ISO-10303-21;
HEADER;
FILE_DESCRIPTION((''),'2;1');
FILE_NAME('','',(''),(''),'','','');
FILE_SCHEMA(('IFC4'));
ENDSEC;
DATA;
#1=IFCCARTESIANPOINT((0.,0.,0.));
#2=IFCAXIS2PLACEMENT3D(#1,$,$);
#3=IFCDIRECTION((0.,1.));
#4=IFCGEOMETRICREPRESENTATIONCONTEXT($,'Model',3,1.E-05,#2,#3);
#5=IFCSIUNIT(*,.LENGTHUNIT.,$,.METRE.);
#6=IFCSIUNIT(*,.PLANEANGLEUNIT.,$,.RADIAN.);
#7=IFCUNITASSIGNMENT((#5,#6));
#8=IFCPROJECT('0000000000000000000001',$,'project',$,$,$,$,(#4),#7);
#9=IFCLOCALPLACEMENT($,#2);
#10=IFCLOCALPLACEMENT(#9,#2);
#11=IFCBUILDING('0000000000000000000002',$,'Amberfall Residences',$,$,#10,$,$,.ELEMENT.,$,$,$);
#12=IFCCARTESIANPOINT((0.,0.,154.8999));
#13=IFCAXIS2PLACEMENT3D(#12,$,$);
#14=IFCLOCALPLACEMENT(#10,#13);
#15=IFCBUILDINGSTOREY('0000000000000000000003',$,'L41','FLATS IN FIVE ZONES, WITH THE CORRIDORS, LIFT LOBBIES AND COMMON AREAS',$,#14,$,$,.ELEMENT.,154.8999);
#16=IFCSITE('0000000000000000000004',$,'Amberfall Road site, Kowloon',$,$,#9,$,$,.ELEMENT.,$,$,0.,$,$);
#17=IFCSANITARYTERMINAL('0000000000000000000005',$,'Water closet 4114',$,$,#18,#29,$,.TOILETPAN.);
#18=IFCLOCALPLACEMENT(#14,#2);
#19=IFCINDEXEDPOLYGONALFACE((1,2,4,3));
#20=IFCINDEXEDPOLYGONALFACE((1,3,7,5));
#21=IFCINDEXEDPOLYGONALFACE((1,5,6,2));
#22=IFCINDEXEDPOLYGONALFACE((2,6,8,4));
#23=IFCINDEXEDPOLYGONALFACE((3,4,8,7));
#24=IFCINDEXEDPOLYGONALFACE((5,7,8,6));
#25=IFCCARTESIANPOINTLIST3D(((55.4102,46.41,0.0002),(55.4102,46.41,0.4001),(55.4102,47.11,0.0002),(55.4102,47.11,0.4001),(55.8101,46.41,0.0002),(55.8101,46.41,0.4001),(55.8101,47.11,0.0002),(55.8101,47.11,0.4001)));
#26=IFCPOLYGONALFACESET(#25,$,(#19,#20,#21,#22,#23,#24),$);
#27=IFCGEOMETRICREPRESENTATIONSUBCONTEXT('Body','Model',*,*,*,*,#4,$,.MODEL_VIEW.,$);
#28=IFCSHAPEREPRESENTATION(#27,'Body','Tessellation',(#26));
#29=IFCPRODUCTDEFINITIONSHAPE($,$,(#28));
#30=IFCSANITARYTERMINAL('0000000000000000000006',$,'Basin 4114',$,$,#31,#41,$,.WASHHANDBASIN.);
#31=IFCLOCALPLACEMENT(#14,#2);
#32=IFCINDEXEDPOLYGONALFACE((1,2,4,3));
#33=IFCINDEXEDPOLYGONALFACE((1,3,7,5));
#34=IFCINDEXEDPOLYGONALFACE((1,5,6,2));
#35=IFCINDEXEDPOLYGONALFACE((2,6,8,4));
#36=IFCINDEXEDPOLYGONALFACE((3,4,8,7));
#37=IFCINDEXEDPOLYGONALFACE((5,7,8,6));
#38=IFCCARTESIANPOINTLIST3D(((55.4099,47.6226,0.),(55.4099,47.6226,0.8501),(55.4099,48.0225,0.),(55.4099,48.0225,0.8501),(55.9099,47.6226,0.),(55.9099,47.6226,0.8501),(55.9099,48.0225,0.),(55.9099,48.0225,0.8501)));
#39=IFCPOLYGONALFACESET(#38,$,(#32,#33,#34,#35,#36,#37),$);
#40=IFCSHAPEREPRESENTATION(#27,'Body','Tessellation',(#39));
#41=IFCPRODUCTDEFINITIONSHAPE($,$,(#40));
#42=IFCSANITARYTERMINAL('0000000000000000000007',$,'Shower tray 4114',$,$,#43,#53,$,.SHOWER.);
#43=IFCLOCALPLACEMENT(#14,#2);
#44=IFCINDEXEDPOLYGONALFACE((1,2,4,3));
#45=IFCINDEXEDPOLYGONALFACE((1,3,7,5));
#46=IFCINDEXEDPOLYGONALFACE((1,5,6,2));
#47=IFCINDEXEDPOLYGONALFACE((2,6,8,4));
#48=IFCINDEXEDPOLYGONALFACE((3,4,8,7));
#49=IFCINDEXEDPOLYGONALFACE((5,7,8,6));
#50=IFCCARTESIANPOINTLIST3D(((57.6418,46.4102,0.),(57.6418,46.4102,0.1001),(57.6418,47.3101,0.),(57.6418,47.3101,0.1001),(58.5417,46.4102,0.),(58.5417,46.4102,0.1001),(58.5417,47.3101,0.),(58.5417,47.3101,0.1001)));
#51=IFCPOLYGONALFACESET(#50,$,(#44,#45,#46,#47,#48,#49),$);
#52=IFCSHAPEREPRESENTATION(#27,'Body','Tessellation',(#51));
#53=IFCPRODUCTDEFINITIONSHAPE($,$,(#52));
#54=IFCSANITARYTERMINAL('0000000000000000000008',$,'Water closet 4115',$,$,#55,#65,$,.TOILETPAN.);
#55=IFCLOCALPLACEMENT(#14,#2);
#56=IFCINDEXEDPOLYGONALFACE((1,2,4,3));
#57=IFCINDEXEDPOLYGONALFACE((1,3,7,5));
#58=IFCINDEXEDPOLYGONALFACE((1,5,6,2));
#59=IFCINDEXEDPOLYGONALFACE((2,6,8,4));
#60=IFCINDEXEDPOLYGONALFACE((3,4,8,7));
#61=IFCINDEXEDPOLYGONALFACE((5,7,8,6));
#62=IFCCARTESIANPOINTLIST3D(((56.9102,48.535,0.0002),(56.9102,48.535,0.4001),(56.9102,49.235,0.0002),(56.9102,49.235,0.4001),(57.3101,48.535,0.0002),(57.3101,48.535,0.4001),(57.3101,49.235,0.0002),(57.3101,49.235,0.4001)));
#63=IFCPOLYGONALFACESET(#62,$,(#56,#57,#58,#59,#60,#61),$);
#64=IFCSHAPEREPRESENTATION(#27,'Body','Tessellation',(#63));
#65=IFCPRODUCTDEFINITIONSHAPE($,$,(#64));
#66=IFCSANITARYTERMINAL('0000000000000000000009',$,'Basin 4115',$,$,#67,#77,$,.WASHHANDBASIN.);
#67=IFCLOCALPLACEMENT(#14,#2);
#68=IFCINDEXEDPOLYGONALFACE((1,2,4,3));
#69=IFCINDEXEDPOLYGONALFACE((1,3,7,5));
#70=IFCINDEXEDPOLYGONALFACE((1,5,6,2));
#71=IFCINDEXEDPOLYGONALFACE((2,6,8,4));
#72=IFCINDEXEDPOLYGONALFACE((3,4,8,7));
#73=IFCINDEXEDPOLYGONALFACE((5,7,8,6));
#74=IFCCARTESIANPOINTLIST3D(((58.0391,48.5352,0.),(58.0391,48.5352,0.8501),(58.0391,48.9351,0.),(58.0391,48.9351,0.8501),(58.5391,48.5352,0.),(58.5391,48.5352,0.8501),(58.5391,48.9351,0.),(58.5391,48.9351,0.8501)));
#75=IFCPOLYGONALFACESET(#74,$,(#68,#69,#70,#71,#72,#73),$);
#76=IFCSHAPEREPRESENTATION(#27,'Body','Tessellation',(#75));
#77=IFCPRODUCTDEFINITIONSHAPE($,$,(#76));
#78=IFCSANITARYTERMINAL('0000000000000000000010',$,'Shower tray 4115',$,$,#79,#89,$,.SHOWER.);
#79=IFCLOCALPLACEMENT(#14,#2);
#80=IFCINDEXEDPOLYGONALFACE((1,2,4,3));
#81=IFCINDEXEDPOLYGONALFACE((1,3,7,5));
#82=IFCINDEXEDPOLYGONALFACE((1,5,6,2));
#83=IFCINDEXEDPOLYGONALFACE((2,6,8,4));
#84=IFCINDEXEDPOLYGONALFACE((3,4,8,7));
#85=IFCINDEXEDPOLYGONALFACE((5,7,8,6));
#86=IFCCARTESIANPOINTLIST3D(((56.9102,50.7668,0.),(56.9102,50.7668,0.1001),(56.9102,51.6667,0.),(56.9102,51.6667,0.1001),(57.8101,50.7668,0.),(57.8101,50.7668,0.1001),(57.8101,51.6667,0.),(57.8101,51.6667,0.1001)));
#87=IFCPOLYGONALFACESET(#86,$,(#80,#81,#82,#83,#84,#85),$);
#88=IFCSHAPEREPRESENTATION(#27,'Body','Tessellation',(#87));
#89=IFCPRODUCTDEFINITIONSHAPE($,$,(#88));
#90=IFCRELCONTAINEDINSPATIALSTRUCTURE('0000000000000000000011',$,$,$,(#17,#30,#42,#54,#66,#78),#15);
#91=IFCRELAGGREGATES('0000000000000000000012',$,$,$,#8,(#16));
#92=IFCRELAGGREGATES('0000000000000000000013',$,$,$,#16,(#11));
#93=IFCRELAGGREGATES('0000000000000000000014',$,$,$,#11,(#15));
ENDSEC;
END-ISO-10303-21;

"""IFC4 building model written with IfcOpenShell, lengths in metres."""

from ifc_helpers import new_model, si_unit, direction, frame, origin, origin_2d, place, context, subcontext, project, spatial, rectangle, extrude, element, save


model = new_model("IFC4")

# Units and contexts
model_context = context("Model", 3, precision=1e-05, world=origin(), true_north=direction((0.0, 1.0)))
body_context = subcontext(model_context, "Body", "Model", "MODEL_VIEW")
ifc_project = project(units=[si_unit("LENGTHUNIT", "METRE"), si_unit("PLANEANGLEUNIT", "RADIAN")], contexts=[model_context])

# Site, building, storey
site_placement = place(None, origin())
site = spatial("IfcSite", under=ifc_project, at=site_placement, Name="Amberfall Road site, Kowloon", CompositionType="ELEMENT", RefElevation=0.0)
building_placement = place(site_placement, origin())
building = spatial("IfcBuilding", under=site, at=building_placement, Name="Amberfall Residences", CompositionType="ELEMENT")
storey_placement = place(building_placement, frame((0.0, 0.0, 154.8999)))
storey = spatial("IfcBuildingStorey", under=building, at=storey_placement, Name="L41", Description="FLATS IN FIVE ZONES, WITH THE CORRIDORS, LIFT LOBBIES AND COMMON AREAS", CompositionType="ELEMENT", Elevation=154.8999)

# Sanitary terminals
sanitary_terminal_1_placement = place(storey_placement, frame((55.6101, 46.76, 0.0002), z_axis=(0.0, 0.0, 1.0), x_axis=(1.0, 0.0, 0.0)))
element("IfcSanitaryTerminal", 1, at=sanitary_terminal_1_placement, inside=storey, Name="Water closet 4114", PredefinedType="TOILETPAN", context=body_context, shape_type="SweptSolid", body=[
    extrude(rectangle(XDim=0.3999, YDim=0.7, at=origin_2d()), origin(), (0.0, 0.0, 1.0), 0.3999),
])
sanitary_terminal_2_placement = place(storey_placement, frame((55.6599, 47.8225, 0.0), z_axis=(0.0, 0.0, 1.0), x_axis=(1.0, 0.0, 0.0)))
element("IfcSanitaryTerminal", 2, at=sanitary_terminal_2_placement, inside=storey, Name="Basin 4114", PredefinedType="WASHHANDBASIN", context=body_context, shape_type="SweptSolid", body=[
    extrude(rectangle(XDim=0.5, YDim=0.3999, at=origin_2d()), origin(), (0.0, 0.0, 1.0), 0.8501),
])
sanitary_terminal_3_placement = place(storey_placement, frame((58.0918, 46.8601, 0.0), z_axis=(0.0, 0.0, 1.0), x_axis=(1.0, 0.0, 0.0)))
element("IfcSanitaryTerminal", 3, at=sanitary_terminal_3_placement, inside=storey, Name="Shower tray 4114", PredefinedType="SHOWER", context=body_context, shape_type="SweptSolid", body=[
    extrude(rectangle(XDim=0.8999, YDim=0.8999, at=origin_2d()), origin(), (0.0, 0.0, 1.0), 0.1001),
])
sanitary_terminal_4_placement = place(storey_placement, frame((57.1101, 48.885, 0.0002), z_axis=(0.0, 0.0, 1.0), x_axis=(1.0, 0.0, 0.0)))
element("IfcSanitaryTerminal", 4, at=sanitary_terminal_4_placement, inside=storey, Name="Water closet 4115", PredefinedType="TOILETPAN", context=body_context, shape_type="SweptSolid", body=[
    extrude(rectangle(XDim=0.3999, YDim=0.7, at=origin_2d()), origin(), (0.0, 0.0, 1.0), 0.3999),
])
sanitary_terminal_5_placement = place(storey_placement, frame((58.2891, 48.7351, 0.0), z_axis=(0.0, 0.0, 1.0), x_axis=(1.0, 0.0, 0.0)))
element("IfcSanitaryTerminal", 5, at=sanitary_terminal_5_placement, inside=storey, Name="Basin 4115", PredefinedType="WASHHANDBASIN", context=body_context, shape_type="SweptSolid", body=[
    extrude(rectangle(XDim=0.5, YDim=0.3999, at=origin_2d()), origin(), (0.0, 0.0, 1.0), 0.8501),
])
sanitary_terminal_6_placement = place(storey_placement, frame((57.3601, 51.2168, 0.0), z_axis=(0.0, 0.0, 1.0), x_axis=(1.0, 0.0, 0.0)))
element("IfcSanitaryTerminal", 6, at=sanitary_terminal_6_placement, inside=storey, Name="Shower tray 4115", PredefinedType="SHOWER", context=body_context, shape_type="SweptSolid", body=[
    extrude(rectangle(XDim=0.8999, YDim=0.8999, at=origin_2d()), origin(), (0.0, 0.0, 1.0), 0.1001),
])

save(model, "model.ifc")
